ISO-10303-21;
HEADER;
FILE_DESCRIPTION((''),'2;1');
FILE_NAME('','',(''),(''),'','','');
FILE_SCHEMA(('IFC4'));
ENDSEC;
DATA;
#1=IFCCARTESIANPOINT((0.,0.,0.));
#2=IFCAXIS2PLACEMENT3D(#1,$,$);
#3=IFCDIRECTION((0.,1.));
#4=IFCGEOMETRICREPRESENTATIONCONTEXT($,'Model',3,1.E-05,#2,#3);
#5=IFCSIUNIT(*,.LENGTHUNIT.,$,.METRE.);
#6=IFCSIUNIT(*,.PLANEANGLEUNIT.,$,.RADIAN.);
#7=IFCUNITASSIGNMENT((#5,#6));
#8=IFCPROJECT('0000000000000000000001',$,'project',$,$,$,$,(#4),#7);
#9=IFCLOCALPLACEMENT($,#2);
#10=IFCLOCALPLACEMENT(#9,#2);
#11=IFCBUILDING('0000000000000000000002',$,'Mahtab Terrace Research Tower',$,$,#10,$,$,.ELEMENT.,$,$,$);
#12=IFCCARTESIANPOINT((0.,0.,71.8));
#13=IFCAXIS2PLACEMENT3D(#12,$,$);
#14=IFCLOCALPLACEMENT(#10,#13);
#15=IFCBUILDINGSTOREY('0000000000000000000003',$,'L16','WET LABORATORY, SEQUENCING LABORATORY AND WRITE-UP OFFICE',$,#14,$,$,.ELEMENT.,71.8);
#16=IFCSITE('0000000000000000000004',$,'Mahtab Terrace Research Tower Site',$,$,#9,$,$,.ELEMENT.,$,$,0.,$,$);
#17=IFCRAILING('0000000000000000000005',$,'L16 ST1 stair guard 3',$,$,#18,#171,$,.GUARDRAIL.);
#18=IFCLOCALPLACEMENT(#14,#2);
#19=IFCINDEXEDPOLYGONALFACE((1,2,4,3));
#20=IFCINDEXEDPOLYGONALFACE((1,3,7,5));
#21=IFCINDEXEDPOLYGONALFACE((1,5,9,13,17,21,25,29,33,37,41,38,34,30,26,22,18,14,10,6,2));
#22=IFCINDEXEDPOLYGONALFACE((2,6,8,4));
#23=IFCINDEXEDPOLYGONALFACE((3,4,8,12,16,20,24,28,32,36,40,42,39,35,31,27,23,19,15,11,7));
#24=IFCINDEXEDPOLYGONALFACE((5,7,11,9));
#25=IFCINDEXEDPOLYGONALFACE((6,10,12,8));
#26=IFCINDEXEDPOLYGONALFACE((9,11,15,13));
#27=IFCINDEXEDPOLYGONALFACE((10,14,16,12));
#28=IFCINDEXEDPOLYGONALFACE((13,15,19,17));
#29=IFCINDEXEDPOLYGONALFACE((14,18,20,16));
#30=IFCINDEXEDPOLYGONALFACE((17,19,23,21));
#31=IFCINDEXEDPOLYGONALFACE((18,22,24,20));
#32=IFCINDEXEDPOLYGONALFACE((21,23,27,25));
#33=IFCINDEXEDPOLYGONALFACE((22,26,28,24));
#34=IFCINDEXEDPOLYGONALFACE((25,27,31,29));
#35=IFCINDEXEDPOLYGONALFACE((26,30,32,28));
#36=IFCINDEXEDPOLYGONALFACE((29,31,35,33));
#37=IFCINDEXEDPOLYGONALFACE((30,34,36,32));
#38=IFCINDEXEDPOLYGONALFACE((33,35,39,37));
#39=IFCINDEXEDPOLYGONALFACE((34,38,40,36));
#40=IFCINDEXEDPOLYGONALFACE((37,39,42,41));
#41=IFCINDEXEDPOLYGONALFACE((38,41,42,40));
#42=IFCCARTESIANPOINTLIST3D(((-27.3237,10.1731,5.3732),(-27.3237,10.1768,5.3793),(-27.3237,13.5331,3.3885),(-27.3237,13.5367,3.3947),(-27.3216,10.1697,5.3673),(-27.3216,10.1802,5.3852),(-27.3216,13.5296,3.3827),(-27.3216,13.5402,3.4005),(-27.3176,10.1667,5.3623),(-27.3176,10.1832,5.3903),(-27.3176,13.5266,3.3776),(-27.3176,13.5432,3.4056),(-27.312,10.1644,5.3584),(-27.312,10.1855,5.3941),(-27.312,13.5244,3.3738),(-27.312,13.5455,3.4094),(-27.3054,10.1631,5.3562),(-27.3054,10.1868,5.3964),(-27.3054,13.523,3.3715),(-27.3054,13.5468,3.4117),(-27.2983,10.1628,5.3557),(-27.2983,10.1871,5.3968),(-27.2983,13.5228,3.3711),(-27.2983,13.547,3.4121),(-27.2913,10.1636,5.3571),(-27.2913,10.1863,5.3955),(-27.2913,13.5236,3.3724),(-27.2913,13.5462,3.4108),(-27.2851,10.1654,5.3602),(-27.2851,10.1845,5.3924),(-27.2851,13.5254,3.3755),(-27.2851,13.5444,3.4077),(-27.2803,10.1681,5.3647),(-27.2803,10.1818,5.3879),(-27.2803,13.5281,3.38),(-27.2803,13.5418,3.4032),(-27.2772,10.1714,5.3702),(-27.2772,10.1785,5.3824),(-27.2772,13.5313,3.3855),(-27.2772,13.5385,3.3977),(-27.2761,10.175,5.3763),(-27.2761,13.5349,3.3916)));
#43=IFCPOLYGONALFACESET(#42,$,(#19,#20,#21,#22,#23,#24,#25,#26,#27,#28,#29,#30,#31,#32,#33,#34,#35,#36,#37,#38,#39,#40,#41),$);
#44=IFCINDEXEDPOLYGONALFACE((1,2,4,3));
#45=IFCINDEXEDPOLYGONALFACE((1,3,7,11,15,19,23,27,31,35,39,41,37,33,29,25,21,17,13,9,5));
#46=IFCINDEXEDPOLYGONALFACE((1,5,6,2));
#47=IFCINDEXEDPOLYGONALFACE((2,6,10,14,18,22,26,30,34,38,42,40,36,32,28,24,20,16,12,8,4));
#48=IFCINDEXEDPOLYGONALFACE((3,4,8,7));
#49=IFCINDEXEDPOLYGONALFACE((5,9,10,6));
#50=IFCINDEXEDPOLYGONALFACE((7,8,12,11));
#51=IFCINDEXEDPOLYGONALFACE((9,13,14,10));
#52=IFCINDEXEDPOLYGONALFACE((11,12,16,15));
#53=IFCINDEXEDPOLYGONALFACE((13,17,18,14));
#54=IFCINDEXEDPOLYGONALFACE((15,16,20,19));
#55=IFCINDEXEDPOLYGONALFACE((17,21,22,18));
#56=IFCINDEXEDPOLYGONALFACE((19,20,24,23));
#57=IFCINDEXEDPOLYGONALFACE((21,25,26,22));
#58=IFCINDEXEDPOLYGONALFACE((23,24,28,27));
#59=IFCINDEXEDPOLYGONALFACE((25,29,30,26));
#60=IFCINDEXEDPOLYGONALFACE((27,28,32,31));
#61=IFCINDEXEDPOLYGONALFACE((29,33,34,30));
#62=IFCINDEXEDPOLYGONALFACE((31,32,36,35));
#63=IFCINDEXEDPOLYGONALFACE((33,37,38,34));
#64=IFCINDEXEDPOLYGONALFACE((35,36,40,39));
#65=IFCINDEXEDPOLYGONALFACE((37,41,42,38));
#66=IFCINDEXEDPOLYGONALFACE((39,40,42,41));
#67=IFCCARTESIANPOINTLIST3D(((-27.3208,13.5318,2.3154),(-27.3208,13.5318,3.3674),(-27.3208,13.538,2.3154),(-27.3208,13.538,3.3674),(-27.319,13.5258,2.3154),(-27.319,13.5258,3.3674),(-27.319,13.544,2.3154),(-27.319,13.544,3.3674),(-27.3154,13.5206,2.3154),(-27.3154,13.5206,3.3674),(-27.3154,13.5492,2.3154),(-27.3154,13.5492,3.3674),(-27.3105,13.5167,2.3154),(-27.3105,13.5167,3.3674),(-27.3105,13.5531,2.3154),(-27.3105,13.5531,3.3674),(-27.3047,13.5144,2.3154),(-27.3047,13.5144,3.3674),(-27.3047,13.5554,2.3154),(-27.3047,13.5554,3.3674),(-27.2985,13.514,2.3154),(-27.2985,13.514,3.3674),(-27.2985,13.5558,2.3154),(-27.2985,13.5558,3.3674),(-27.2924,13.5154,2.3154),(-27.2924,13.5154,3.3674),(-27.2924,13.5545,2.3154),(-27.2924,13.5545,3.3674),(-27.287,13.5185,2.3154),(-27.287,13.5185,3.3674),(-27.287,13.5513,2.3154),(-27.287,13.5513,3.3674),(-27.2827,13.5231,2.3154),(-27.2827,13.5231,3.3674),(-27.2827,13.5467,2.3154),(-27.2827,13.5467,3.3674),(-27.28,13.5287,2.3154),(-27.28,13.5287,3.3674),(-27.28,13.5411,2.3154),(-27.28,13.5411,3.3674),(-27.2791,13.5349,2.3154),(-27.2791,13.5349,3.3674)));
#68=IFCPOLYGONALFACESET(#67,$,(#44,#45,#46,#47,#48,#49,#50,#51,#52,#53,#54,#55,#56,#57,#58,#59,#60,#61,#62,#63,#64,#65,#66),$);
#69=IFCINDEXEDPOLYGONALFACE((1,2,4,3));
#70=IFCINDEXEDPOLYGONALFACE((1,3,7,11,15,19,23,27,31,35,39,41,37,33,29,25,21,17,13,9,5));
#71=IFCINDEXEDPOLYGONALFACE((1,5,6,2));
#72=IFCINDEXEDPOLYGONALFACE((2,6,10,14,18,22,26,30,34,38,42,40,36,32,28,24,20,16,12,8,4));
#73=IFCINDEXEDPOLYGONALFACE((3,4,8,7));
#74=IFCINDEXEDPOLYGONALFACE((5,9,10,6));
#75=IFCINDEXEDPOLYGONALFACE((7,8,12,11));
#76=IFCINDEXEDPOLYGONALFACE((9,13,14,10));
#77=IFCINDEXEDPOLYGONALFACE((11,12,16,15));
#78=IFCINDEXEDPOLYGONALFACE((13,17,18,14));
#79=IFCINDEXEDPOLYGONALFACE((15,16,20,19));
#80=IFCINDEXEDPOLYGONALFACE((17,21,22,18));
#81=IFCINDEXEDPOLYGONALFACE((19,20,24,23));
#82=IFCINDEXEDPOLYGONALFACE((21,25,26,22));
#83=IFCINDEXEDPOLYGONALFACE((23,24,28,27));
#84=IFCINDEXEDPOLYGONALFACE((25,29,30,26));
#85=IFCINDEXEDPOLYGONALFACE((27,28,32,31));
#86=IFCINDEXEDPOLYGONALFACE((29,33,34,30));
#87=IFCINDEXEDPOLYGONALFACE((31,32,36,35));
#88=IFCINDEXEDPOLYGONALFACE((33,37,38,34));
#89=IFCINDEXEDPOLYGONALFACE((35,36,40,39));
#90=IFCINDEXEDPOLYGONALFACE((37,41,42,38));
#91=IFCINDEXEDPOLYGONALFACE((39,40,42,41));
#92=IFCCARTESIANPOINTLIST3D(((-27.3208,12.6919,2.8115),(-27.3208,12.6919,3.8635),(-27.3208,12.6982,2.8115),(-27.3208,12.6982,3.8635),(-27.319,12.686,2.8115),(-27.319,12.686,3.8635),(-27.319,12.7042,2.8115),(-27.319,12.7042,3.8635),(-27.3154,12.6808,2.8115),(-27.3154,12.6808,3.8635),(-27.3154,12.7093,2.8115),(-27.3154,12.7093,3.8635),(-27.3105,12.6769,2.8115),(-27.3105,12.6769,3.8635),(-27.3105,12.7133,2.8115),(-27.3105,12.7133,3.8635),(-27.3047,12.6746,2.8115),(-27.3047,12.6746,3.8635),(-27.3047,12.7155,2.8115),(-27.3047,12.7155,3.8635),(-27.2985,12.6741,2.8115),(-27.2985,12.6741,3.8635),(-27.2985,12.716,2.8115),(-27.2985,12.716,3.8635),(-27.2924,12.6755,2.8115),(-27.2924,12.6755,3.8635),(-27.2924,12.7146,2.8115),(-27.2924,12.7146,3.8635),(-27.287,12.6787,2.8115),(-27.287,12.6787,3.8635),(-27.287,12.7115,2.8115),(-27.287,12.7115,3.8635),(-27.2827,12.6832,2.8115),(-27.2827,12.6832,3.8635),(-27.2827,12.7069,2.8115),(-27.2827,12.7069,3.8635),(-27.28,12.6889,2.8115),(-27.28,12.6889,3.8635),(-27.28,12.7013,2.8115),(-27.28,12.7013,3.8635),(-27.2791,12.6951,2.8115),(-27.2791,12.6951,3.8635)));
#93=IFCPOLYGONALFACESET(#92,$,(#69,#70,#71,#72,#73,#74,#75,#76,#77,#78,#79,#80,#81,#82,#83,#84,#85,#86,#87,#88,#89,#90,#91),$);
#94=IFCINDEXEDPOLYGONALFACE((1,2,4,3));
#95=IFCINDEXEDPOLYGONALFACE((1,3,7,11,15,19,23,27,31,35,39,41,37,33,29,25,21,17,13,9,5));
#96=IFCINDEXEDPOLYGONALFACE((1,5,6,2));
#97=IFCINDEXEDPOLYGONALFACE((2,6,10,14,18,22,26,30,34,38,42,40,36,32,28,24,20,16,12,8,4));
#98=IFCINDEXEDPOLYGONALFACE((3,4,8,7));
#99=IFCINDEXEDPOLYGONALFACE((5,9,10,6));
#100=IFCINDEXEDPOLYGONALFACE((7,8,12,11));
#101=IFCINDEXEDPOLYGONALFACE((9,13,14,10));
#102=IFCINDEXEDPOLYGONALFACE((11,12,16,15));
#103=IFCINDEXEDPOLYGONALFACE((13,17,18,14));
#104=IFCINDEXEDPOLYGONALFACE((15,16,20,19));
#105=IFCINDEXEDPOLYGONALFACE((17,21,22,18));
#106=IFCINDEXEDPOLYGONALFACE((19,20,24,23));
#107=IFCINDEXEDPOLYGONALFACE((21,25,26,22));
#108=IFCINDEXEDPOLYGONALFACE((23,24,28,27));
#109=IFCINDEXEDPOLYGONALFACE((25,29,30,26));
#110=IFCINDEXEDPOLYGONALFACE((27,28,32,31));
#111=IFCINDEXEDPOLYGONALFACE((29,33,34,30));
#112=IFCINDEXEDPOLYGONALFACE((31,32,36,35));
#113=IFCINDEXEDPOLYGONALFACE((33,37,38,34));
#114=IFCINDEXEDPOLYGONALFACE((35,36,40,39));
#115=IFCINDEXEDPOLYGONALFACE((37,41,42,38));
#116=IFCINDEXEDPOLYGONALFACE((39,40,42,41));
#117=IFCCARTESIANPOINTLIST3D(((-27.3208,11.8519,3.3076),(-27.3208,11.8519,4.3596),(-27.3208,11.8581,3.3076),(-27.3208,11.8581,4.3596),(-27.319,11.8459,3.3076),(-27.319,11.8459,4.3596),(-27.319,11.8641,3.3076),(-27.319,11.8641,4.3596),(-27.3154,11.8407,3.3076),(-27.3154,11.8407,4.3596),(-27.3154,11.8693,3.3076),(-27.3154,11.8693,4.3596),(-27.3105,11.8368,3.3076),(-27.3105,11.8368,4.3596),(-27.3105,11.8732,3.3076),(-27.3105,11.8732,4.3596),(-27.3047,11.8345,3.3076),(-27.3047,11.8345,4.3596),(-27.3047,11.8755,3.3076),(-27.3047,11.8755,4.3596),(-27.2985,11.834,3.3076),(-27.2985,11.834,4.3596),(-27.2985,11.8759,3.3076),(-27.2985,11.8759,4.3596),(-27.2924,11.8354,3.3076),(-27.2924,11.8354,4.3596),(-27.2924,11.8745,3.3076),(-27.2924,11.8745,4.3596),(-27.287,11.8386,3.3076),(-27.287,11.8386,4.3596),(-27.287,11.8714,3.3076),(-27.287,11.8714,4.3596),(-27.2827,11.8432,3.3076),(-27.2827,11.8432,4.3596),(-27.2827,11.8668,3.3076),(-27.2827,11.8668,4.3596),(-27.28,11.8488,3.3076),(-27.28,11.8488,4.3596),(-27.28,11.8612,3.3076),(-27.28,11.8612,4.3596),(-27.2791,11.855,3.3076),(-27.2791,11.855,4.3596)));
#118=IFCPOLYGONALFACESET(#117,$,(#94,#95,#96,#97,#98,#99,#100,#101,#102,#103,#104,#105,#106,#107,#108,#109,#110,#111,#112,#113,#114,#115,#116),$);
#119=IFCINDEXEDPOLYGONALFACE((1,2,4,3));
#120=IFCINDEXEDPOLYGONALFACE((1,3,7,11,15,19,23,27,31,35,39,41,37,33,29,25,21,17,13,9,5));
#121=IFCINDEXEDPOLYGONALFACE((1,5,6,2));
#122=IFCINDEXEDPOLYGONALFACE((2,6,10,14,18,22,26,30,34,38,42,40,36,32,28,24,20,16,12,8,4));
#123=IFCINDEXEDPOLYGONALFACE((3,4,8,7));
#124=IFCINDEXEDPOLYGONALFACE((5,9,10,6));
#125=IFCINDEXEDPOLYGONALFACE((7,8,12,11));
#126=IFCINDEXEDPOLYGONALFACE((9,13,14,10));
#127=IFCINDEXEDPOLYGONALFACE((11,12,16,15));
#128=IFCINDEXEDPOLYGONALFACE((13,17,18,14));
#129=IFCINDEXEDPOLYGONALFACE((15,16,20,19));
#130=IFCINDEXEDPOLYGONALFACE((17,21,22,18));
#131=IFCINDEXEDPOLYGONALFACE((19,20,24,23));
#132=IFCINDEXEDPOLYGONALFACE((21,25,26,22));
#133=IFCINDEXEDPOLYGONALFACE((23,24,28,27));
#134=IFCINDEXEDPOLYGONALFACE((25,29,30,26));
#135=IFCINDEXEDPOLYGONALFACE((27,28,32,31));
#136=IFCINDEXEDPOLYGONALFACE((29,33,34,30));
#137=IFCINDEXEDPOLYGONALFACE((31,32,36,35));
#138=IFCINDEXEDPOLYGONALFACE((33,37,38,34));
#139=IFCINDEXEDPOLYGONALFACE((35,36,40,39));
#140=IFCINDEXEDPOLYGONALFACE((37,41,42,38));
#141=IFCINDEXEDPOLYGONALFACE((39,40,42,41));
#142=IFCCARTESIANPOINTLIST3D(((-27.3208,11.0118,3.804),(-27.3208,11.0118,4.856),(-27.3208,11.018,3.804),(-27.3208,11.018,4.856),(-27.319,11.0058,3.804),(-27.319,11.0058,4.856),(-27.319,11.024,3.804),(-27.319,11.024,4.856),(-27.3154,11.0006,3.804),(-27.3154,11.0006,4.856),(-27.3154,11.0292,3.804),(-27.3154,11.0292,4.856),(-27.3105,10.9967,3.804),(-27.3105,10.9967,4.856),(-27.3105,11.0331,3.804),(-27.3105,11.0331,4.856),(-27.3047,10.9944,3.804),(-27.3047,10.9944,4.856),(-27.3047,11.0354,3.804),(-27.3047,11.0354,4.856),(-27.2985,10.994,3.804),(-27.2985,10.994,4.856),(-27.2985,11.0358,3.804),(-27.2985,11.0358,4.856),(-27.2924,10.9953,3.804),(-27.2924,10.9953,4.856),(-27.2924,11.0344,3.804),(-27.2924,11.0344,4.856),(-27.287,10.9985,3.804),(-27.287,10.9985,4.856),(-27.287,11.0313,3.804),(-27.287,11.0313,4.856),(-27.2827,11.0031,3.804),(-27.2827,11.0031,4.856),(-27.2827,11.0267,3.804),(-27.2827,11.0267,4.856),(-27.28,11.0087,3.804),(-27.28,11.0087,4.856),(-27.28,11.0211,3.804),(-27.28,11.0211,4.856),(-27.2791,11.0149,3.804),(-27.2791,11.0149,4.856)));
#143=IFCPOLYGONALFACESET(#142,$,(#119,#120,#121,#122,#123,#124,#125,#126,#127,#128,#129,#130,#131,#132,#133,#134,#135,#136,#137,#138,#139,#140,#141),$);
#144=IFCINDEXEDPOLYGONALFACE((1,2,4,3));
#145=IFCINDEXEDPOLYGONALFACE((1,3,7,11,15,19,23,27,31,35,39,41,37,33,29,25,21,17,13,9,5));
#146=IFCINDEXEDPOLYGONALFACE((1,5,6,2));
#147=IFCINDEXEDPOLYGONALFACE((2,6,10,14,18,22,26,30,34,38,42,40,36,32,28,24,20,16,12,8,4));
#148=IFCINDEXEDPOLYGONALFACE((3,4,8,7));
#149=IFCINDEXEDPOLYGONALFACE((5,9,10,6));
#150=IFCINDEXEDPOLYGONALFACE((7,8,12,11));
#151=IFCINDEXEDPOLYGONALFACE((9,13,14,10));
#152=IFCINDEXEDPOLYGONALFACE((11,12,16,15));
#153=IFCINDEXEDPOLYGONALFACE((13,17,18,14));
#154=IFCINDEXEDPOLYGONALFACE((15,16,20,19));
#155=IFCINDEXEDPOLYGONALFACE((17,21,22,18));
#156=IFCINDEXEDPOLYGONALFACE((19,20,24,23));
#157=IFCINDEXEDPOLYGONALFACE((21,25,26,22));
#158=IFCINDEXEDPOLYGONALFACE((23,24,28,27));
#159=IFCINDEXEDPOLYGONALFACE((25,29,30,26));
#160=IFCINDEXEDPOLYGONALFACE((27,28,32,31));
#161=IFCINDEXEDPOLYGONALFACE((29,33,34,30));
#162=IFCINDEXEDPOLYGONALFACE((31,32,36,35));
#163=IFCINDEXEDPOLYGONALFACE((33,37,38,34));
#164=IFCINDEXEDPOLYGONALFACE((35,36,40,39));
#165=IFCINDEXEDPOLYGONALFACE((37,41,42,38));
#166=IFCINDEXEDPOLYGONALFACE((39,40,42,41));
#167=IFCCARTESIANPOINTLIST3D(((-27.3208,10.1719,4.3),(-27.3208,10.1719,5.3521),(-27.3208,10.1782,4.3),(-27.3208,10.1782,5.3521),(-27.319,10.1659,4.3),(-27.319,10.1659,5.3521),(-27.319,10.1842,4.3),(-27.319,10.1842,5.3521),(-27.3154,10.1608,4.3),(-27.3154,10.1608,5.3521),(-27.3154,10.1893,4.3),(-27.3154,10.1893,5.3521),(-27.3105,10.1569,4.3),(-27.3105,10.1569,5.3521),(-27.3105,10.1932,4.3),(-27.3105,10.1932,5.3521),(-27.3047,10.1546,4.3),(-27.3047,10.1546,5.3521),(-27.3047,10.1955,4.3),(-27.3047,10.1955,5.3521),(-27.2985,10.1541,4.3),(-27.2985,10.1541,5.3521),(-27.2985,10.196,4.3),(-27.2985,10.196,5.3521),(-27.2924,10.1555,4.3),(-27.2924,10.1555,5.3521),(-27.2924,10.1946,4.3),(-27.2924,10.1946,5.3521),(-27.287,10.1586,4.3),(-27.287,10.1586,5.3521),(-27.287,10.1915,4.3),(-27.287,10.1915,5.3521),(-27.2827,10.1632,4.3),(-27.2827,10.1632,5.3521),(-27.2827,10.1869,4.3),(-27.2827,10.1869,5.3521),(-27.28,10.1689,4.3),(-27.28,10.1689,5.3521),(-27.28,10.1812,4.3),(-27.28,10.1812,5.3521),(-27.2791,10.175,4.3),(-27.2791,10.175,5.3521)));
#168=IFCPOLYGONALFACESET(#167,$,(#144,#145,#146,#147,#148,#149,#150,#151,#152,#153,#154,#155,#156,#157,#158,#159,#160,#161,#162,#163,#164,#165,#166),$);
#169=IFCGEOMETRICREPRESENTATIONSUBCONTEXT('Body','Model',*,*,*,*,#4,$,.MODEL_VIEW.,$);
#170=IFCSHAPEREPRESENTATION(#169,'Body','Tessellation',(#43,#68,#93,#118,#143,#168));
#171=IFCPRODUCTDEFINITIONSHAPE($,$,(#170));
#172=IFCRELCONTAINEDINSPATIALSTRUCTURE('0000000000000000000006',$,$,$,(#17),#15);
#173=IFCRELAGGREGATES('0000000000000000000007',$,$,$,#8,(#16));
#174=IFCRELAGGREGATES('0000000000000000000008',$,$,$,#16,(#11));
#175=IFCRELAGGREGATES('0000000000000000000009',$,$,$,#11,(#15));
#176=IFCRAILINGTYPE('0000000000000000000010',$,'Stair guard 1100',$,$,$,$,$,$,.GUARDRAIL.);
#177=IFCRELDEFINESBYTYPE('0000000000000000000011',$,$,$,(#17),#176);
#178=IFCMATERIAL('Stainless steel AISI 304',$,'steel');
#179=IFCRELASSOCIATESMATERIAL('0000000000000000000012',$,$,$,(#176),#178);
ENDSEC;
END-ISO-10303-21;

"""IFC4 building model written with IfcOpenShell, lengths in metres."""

from ifc_helpers import new_model, si_unit, direction, frame, origin, origin_2d, place, context, subcontext, project, spatial, circle, extrude, material, type_object, element, save


model = new_model("IFC4")

# Units and contexts
model_context = context("Model", 3, precision=1e-05, world=origin(), true_north=direction((0.0, 1.0)))
body_context = subcontext(model_context, "Body", "Model", "MODEL_VIEW")
ifc_project = project(units=[si_unit("LENGTHUNIT", "METRE"), si_unit("PLANEANGLEUNIT", "RADIAN")], contexts=[model_context])

# Site, building, storey
site_placement = place(None, origin())
site = spatial("IfcSite", under=ifc_project, at=site_placement, Name="Mahtab Terrace Research Tower Site", CompositionType="ELEMENT", RefElevation=0.0)
building_placement = place(site_placement, origin())
building = spatial("IfcBuilding", under=site, at=building_placement, Name="Mahtab Terrace Research Tower", CompositionType="ELEMENT")
storey_placement = place(building_placement, frame((0.0, 0.0, 71.8)))
storey = spatial("IfcBuildingStorey", under=building, at=storey_placement, Name="L16", Description="WET LABORATORY, SEQUENCING LABORATORY AND WRITE-UP OFFICE", CompositionType="ELEMENT", Elevation=71.8)

# Railing
ifc_material_1 = material(Name="Stainless steel AISI 304", Category="steel")
railing_type_1 = type_object("IfcRailingType", Name="Stair guard 1100", PredefinedType="GUARDRAIL", material=ifc_material_1)
railing_1_placement = place(storey_placement, frame((-27.3, 13.5349, 2.3154)))
element("IfcRailing", 1, at=railing_1_placement, inside=storey, type_object=railing_type_1, Name="L16 ST1 stair guard 3", PredefinedType="GUARDRAIL", context=body_context, shape_type="SweptSolid", body=[
    extrude(circle(Radius=0.0239, at=origin_2d()), frame((0.0, 0.0, 1.0762), z_axis=(0.0, -0.861011, 0.508586), x_axis=(1.0, 0.0, 0.0)), (0.0, 0.0, 1.0), 3.9023),
    extrude(circle(Radius=0.021, at=origin_2d()), origin(), (0.0, 0.0, 1.0), 1.052),
    extrude(circle(Radius=0.021, at=origin_2d()), frame((0.0, -0.8398, 0.4961)), (0.0, 0.0, 1.0), 1.052),
    extrude(circle(Radius=0.021, at=origin_2d()), frame((0.0, -1.6799, 0.9922)), (0.0, 0.0, 1.0), 1.052),
    extrude(circle(Radius=0.021, at=origin_2d()), frame((0.0, -2.52, 1.4885)), (0.0, 0.0, 1.0), 1.052),
    extrude(circle(Radius=0.021, at=origin_2d()), frame((0.0, -3.3599, 1.9846)), (0.0, 0.0, 1.0), 1.052),
])

save(model, "model.ifc")
